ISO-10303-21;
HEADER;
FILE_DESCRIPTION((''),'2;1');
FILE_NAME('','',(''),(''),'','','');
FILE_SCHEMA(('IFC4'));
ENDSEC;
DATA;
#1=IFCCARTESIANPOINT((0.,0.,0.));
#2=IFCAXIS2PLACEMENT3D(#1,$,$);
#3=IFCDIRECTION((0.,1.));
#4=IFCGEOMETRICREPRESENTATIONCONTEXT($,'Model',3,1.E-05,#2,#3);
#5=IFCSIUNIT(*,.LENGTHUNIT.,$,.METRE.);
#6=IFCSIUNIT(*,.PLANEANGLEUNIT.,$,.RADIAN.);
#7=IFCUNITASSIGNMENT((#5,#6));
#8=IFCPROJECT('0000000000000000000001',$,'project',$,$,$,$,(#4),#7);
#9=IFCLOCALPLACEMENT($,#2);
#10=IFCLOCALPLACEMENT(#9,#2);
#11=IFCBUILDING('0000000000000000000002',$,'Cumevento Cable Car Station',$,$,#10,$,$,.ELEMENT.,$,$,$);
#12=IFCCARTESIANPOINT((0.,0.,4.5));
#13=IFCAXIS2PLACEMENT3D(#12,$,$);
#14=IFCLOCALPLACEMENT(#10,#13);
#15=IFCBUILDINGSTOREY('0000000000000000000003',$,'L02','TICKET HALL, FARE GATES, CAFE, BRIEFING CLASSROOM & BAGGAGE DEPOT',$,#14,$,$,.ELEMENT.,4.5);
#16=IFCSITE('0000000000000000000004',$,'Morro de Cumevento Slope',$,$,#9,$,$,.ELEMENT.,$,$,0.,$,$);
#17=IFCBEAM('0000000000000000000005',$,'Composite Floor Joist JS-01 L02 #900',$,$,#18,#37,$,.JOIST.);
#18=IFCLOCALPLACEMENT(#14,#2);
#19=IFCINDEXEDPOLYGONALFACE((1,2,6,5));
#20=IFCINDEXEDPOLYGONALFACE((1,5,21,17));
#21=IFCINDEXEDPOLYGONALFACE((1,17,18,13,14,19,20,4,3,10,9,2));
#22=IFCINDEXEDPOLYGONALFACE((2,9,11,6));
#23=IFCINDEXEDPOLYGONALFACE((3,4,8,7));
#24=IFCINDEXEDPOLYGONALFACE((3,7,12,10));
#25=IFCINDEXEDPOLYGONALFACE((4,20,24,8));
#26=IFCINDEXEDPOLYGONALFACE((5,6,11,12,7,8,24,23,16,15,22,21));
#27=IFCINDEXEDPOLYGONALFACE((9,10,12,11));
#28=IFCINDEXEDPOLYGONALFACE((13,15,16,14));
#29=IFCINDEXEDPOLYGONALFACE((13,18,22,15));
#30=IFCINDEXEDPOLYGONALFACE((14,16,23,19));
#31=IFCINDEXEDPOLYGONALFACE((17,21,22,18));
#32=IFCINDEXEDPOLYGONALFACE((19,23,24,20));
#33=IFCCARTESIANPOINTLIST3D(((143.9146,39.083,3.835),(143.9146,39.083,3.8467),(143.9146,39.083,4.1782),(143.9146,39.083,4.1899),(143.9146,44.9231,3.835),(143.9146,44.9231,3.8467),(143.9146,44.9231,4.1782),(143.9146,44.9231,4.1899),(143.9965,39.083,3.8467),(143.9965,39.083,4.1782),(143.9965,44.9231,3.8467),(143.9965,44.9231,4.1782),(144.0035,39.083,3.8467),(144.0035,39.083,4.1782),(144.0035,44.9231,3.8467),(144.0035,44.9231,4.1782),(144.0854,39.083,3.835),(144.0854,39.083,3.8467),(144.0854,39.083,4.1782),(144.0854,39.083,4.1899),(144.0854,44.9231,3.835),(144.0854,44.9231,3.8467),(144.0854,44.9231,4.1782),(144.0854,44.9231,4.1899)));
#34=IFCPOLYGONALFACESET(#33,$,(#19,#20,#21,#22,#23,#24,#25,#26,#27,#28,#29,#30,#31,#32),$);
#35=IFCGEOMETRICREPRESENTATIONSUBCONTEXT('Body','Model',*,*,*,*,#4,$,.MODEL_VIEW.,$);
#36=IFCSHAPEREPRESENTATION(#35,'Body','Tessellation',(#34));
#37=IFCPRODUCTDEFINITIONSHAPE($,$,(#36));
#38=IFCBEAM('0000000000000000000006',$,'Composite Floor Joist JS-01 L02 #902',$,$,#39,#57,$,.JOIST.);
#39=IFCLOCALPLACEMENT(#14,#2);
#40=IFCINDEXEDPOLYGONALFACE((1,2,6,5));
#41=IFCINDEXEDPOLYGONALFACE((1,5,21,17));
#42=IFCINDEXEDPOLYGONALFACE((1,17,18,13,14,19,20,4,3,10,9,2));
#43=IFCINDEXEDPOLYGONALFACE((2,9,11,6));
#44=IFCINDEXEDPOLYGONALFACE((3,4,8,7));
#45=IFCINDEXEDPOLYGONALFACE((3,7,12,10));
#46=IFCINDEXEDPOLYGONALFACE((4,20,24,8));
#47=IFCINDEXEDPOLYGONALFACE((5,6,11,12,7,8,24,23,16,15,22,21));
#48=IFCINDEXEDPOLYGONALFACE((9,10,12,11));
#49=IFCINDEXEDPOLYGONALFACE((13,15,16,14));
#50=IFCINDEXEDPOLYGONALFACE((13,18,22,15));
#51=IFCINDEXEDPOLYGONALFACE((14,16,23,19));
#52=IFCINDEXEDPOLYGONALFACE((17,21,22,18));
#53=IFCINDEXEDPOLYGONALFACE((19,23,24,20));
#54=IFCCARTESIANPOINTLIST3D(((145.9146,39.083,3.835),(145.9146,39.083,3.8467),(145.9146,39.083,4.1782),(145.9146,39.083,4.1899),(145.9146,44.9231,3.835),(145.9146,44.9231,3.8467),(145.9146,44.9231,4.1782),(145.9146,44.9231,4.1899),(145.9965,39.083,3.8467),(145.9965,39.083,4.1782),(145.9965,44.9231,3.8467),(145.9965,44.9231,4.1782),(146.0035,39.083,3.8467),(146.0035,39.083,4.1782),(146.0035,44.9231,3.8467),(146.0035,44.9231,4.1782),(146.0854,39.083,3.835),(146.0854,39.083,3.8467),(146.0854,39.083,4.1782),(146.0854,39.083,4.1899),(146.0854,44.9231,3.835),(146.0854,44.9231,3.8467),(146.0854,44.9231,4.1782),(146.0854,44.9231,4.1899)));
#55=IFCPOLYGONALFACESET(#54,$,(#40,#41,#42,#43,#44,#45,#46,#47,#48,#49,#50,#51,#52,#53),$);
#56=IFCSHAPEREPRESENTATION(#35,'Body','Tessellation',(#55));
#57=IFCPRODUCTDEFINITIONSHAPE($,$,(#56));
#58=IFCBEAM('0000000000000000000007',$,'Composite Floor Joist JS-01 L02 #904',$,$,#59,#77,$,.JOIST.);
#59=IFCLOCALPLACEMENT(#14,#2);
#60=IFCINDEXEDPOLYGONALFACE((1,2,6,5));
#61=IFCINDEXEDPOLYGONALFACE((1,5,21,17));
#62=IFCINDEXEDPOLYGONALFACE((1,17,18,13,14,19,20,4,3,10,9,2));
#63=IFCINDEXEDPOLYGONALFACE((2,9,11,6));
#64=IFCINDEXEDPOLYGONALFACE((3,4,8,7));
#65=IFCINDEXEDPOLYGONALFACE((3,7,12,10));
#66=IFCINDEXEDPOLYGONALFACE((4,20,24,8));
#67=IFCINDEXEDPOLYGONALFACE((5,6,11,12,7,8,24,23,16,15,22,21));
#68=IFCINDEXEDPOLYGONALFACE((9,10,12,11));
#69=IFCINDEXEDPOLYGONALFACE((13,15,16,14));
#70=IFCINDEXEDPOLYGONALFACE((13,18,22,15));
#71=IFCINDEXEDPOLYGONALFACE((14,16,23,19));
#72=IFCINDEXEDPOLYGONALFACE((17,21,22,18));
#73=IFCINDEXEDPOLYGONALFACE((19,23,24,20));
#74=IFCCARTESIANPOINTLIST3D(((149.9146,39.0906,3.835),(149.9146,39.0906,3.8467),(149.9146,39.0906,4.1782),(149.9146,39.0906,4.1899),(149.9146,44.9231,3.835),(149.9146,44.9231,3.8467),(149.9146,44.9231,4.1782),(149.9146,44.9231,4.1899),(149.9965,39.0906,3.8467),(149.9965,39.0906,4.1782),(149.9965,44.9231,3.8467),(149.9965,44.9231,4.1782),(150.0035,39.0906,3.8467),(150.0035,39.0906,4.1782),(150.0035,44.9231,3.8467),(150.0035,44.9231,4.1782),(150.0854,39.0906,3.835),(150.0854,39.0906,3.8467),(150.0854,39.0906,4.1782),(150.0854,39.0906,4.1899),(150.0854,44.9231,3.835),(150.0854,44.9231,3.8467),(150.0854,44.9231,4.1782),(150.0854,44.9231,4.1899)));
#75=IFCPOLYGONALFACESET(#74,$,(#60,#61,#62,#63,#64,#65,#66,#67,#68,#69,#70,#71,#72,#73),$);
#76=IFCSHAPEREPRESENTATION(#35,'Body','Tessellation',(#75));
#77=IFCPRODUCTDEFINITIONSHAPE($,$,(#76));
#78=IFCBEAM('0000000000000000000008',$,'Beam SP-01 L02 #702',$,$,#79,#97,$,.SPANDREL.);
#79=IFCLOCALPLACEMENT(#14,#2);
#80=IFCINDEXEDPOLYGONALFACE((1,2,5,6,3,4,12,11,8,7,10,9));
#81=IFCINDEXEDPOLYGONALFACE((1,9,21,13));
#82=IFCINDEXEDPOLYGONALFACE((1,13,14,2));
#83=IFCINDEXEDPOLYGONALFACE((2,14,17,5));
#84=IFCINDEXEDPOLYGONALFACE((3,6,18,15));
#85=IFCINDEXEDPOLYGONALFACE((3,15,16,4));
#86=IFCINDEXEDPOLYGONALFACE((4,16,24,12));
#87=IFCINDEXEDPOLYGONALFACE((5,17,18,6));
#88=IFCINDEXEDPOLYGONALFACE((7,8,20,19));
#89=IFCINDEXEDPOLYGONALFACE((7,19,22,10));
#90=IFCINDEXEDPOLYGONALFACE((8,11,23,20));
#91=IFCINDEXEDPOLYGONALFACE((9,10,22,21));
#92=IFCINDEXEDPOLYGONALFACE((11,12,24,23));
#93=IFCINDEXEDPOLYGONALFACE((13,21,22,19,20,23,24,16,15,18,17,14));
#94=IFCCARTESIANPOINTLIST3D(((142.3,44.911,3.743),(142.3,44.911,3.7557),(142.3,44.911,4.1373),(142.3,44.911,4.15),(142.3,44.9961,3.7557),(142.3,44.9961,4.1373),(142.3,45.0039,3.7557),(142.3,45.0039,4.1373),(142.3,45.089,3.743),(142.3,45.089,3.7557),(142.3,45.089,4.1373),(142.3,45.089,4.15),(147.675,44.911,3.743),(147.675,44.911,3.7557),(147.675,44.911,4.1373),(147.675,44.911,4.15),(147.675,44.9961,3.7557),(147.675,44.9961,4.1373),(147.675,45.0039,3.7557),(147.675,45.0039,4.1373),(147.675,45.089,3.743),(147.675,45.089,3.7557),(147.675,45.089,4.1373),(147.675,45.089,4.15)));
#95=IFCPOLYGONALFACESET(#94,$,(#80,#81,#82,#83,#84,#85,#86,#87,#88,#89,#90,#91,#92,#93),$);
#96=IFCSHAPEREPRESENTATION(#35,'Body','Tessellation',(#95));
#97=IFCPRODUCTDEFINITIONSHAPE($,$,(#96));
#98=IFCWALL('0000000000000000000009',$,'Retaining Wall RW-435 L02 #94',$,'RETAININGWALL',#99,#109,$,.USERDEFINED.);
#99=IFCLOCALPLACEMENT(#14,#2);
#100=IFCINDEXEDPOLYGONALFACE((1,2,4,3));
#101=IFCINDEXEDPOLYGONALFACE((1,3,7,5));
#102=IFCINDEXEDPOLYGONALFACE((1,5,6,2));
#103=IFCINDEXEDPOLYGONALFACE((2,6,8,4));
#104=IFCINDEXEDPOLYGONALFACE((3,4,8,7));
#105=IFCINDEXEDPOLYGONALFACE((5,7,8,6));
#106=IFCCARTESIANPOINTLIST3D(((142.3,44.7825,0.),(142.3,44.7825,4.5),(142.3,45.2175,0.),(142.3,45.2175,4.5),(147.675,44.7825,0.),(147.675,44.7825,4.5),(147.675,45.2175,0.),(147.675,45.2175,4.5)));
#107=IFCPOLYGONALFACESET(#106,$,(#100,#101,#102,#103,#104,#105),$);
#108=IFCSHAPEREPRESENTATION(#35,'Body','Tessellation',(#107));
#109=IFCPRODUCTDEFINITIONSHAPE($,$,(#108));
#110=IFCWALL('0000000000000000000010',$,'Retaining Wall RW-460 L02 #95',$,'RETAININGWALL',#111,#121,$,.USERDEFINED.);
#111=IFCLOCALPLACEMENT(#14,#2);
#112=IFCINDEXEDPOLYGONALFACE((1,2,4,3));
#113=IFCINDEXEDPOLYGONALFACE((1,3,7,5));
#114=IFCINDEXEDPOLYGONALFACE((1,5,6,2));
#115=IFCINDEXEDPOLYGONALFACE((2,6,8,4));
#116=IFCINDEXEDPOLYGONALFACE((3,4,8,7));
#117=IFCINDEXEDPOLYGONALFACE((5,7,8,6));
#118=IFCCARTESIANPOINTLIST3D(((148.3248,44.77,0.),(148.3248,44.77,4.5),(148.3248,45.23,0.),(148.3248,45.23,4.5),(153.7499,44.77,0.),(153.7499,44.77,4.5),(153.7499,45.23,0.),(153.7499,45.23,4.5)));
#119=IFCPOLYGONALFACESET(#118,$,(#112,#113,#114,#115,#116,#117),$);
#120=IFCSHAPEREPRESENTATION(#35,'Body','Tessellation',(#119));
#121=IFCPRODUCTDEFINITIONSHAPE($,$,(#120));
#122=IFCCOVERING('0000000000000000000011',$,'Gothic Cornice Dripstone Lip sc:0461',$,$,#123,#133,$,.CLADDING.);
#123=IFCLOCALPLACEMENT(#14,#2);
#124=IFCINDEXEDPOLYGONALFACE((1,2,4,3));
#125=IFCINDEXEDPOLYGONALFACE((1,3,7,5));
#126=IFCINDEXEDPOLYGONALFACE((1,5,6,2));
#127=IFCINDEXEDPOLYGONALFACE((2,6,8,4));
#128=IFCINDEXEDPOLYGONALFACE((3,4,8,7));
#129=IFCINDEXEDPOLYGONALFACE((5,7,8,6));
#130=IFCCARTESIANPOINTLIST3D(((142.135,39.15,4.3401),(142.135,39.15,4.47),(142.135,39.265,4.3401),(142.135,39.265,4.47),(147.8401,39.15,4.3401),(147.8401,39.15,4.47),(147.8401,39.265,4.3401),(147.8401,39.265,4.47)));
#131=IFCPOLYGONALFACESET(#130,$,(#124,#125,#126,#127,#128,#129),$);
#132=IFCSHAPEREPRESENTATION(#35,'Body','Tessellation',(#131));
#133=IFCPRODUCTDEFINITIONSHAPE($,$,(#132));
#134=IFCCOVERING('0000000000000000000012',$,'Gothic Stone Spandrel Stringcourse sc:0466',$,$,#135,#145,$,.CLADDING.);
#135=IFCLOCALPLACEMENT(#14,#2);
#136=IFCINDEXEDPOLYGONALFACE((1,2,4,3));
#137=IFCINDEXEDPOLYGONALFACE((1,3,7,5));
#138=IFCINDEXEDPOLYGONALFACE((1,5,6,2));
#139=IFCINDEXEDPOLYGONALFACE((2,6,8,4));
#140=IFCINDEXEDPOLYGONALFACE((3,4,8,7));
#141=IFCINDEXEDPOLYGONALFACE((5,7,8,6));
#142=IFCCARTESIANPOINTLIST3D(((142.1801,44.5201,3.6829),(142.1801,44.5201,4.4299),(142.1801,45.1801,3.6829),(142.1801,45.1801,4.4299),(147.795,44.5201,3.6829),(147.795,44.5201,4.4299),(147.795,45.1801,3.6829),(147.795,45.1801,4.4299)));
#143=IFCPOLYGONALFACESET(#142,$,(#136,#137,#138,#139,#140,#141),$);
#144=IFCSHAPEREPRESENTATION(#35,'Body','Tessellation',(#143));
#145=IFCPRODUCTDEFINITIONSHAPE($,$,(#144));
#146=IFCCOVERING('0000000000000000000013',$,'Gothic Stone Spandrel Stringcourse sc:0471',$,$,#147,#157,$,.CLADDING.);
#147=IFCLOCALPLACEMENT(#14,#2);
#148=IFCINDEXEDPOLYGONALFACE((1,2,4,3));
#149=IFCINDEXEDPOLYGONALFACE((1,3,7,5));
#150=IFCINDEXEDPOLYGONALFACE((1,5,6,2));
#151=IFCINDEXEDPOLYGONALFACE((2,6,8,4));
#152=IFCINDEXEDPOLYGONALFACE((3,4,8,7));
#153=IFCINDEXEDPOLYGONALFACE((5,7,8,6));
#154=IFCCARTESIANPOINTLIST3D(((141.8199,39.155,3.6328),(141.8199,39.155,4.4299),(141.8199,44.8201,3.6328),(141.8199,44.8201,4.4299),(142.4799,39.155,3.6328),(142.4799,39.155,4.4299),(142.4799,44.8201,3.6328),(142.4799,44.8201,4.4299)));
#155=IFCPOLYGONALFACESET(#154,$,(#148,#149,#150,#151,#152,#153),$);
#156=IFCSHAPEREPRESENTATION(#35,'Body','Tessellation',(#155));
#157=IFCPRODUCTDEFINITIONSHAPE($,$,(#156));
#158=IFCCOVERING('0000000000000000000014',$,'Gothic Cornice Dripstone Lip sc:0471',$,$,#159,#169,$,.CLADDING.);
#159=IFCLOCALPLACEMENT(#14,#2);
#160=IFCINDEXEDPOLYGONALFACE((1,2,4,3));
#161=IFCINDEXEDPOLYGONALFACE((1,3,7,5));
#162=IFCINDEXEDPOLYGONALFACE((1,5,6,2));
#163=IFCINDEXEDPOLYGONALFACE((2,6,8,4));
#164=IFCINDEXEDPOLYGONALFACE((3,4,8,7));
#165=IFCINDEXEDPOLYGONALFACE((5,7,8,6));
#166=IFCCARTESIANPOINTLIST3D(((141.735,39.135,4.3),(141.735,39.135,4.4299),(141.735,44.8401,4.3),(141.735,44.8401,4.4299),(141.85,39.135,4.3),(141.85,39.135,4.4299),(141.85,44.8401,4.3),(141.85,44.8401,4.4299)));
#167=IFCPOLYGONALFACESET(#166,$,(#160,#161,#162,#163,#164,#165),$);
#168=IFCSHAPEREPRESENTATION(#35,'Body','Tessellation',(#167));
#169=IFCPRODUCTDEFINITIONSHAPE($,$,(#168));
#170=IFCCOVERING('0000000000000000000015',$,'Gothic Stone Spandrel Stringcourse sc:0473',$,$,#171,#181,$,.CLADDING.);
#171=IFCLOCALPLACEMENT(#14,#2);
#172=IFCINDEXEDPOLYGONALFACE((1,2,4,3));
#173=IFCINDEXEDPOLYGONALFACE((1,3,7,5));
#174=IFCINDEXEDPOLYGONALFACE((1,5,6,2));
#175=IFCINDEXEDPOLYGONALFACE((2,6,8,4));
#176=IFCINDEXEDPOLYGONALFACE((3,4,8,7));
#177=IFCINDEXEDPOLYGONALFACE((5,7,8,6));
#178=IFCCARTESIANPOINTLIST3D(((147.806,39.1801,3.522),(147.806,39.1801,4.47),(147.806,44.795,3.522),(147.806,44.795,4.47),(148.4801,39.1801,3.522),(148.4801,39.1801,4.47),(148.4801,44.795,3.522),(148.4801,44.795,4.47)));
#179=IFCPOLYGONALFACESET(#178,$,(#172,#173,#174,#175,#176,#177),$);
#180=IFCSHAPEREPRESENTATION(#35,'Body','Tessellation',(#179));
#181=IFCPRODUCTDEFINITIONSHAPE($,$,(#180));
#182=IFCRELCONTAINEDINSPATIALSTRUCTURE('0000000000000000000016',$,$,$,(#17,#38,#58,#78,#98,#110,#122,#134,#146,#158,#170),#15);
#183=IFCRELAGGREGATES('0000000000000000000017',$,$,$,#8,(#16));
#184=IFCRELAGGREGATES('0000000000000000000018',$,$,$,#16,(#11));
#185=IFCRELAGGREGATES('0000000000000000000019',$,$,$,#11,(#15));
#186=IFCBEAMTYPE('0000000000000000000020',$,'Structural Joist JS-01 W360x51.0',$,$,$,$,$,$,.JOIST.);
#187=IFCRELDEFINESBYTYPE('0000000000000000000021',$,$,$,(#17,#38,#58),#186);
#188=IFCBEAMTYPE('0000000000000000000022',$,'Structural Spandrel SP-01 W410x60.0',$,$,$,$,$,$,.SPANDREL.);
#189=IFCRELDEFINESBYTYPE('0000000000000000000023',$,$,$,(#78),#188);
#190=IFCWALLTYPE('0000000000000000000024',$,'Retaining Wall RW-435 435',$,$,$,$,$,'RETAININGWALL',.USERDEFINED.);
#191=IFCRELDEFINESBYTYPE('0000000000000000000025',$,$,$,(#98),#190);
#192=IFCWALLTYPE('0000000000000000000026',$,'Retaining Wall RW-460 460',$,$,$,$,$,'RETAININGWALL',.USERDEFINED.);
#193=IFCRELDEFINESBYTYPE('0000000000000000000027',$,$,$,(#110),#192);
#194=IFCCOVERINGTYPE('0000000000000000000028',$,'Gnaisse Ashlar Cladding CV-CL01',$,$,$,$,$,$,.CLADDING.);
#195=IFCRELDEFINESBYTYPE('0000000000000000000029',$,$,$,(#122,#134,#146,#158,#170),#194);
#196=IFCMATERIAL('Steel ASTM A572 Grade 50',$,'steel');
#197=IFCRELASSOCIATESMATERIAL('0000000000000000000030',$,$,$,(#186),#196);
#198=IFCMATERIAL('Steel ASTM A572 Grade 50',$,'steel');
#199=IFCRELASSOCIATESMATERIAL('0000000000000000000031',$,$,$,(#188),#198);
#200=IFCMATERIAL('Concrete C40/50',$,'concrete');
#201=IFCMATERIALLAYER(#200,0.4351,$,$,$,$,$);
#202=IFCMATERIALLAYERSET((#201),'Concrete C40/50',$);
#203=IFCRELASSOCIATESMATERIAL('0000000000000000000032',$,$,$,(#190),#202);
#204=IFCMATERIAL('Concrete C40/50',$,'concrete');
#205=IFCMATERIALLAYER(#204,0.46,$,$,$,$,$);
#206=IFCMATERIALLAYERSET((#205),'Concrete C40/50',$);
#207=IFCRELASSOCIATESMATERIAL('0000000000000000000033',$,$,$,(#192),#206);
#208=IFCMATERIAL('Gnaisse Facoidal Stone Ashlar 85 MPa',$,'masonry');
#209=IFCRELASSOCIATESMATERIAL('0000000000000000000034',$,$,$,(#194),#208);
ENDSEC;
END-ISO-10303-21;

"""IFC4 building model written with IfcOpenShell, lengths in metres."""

from ifc_helpers import new_model, si_unit, direction, frame, frame_2d, origin, origin_2d, place, context, subcontext, project, spatial, rectangle, i_section, extrude, material, layer, layer_set, material_profile, profile_set, type_object, element, save


model = new_model("IFC4")

# Units and contexts
model_context = context("Model", 3, precision=1e-05, world=origin(), true_north=direction((0.0, 1.0)))
body_context = subcontext(model_context, "Body", "Model", "MODEL_VIEW")
ifc_project = project(units=[si_unit("LENGTHUNIT", "METRE"), si_unit("PLANEANGLEUNIT", "RADIAN")], contexts=[model_context])

# Site, building, storey
site_placement = place(None, origin())
site = spatial("IfcSite", under=ifc_project, at=site_placement, Name="Morro de Cumevento Slope", CompositionType="ELEMENT", RefElevation=0.0)
building_placement = place(site_placement, origin())
building = spatial("IfcBuilding", under=site, at=building_placement, Name="Cumevento Cable Car Station", CompositionType="ELEMENT")
storey_placement = place(building_placement, frame((0.0, 0.0, 4.5)))
storey = spatial("IfcBuildingStorey", under=building, at=storey_placement, Name="L02", Description="TICKET HALL, FARE GATES, CAFE, BRIEFING CLASSROOM & BAGGAGE DEPOT", CompositionType="ELEMENT", Elevation=4.5)

# Beams
ifc_material_1 = material(Name="Steel ASTM A572 Grade 50", Category="steel")
ifc_material_profile_1 = material_profile(ifc_material_1, i_section(OverallWidth=0.1709, OverallDepth=0.355, WebThickness=0.0071, FlangeThickness=0.0117, at=origin_2d()), Name="W360x51.0")
ifc_profile_set_1 = profile_set([ifc_material_profile_1], Name="Steel ASTM A572 Grade 50")
beam_type_1 = type_object("IfcBeamType", Name="Structural Joist JS-01 W360x51.0", PredefinedType="JOIST", material=ifc_profile_set_1)
for number, where, z_axis, x_axis, name in (
    (1, (144.0, 39.083, 4.0125), (0.0, 1.0, 0.0), (-1.0, 0.0, 0.0), "Composite Floor Joist JS-01 L02 #900"),
    (2, (146.0, 39.083, 4.0125), (0.0, 1.0, 0.0), (-1.0, 0.0, 0.0), "Composite Floor Joist JS-01 L02 #902"),
):
    element("IfcBeam", number, at=place(storey_placement, frame(where, z_axis=z_axis, x_axis=x_axis)), inside=storey, type_object=beam_type_1, Name=name, PredefinedType="JOIST", context=body_context, shape_type="SweptSolid", body=[
        extrude(i_section(OverallWidth=0.1709, OverallDepth=0.355, WebThickness=0.0071, FlangeThickness=0.0117, at=origin_2d()), origin(), (0.0, 0.0, 1.0), 5.8401),
    ])
beam_1_placement = place(storey_placement, frame((150.0, 39.0906, 4.0125), z_axis=(0.0, 1.0, 0.0), x_axis=(-1.0, 0.0, 0.0)))
element("IfcBeam", 3, at=beam_1_placement, inside=storey, type_object=beam_type_1, Name="Composite Floor Joist JS-01 L02 #904", PredefinedType="JOIST", context=body_context, shape_type="SweptSolid", body=[
    extrude(i_section(OverallWidth=0.1709, OverallDepth=0.355, WebThickness=0.0071, FlangeThickness=0.0117, at=origin_2d()), origin(), (0.0, 0.0, 1.0), 5.8325),
])
ifc_material_2 = material(Name="Steel ASTM A572 Grade 50", Category="steel")
ifc_material_profile_2 = material_profile(ifc_material_2, i_section(OverallWidth=0.178, OverallDepth=0.407, WebThickness=0.0078, FlangeThickness=0.0127, at=origin_2d()), Name="W410x60.0")
ifc_profile_set_2 = profile_set([ifc_material_profile_2], Name="Steel ASTM A572 Grade 50")
beam_type_2 = type_object("IfcBeamType", Name="Structural Spandrel SP-01 W410x60.0", PredefinedType="SPANDREL", material=ifc_profile_set_2)
beam_2_placement = place(storey_placement, frame((142.3, 45.0, 3.9465), z_axis=(1.0, 0.0, 0.0), x_axis=(0.0, 1.0, 0.0)))
element("IfcBeam", 4, at=beam_2_placement, inside=storey, type_object=beam_type_2, Name="Beam SP-01 L02 #702", PredefinedType="SPANDREL", context=body_context, shape_type="SweptSolid", body=[
    extrude(i_section(OverallWidth=0.178, OverallDepth=0.407, WebThickness=0.0078, FlangeThickness=0.0127, at=origin_2d()), origin(), (0.0, 0.0, 1.0), 5.375),
])

# Walls
ifc_material_3 = material(Name="Concrete C40/50", Category="concrete")
ifc_layer_1 = layer(ifc_material_3, 0.4351)
ifc_layer_set_1 = layer_set([ifc_layer_1], Name="Concrete C40/50")
wall_type_1 = type_object("IfcWallType", Name="Retaining Wall RW-435 435", ElementType="RETAININGWALL", PredefinedType="USERDEFINED", material=ifc_layer_set_1)
wall_1_placement = place(storey_placement, frame((142.3, 45.0, 0.0), z_axis=(0.0, 0.0, 1.0), x_axis=(1.0, 0.0, 0.0)))
element("IfcWall", 5, at=wall_1_placement, inside=storey, type_object=wall_type_1, Name="Retaining Wall RW-435 L02 #94", ObjectType="RETAININGWALL", PredefinedType="USERDEFINED", context=body_context, shape_type="SweptSolid", body=[
    extrude(rectangle(XDim=5.375, YDim=0.4351, at=frame_2d((2.6875, 0.0))), origin(), (0.0, 0.0, 1.0), 4.5),
])
ifc_material_4 = material(Name="Concrete C40/50", Category="concrete")
ifc_layer_2 = layer(ifc_material_4, 0.46)
ifc_layer_set_2 = layer_set([ifc_layer_2], Name="Concrete C40/50")
wall_type_2 = type_object("IfcWallType", Name="Retaining Wall RW-460 460", ElementType="RETAININGWALL", PredefinedType="USERDEFINED", material=ifc_layer_set_2)
wall_2_placement = place(storey_placement, frame((148.325, 45.0, 0.0), z_axis=(0.0, 0.0, 1.0), x_axis=(1.0, 0.0, 0.0)))
element("IfcWall", 6, at=wall_2_placement, inside=storey, type_object=wall_type_2, Name="Retaining Wall RW-460 L02 #95", ObjectType="RETAININGWALL", PredefinedType="USERDEFINED", context=body_context, shape_type="SweptSolid", body=[
    extrude(rectangle(XDim=5.425, YDim=0.46, at=frame_2d((2.7124, 0.0))), origin(), (0.0, 0.0, 1.0), 4.5),
])

# Coverings
ifc_material_5 = material(Name="Gnaisse Facoidal Stone Ashlar 85 MPa", Category="masonry")
covering_type = type_object("IfcCoveringType", Name="Gnaisse Ashlar Cladding CV-CL01", PredefinedType="CLADDING", material=ifc_material_5)
covering_1_placement = place(storey_placement, frame((144.9875, 39.2075, 4.3401), z_axis=(0.0, 0.0, 1.0), x_axis=(1.0, 0.0, 0.0)))
element("IfcCovering", 7, at=covering_1_placement, inside=storey, type_object=covering_type, Name="Gothic Cornice Dripstone Lip sc:0461", PredefinedType="CLADDING", context=body_context, shape_type="SweptSolid", body=[
    extrude(rectangle(XDim=5.7051, YDim=0.115, at=origin_2d()), origin(), (0.0, 0.0, 1.0), 0.1299),
])
covering_2_placement = place(storey_placement, frame((144.9875, 44.8501, 3.6829), z_axis=(0.0, 0.0, 1.0), x_axis=(1.0, 0.0, 0.0)))
element("IfcCovering", 8, at=covering_2_placement, inside=storey, type_object=covering_type, Name="Gothic Stone Spandrel Stringcourse sc:0466", PredefinedType="CLADDING", context=body_context, shape_type="SweptSolid", body=[
    extrude(rectangle(XDim=5.615, YDim=0.6599, at=origin_2d()), origin(), (0.0, 0.0, 1.0), 0.7471),
])
covering_3_placement = place(storey_placement, frame((142.1499, 41.9875, 3.6328), z_axis=(0.0, 0.0, 1.0), x_axis=(0.0, 1.0, 0.0)))
element("IfcCovering", 9, at=covering_3_placement, inside=storey, type_object=covering_type, Name="Gothic Stone Spandrel Stringcourse sc:0471", PredefinedType="CLADDING", context=body_context, shape_type="SweptSolid", body=[
    extrude(rectangle(XDim=5.665, YDim=0.6599, at=origin_2d()), origin(), (0.0, 0.0, 1.0), 0.7971),
])
covering_4_placement = place(storey_placement, frame((141.7925, 41.9875, 4.3), z_axis=(0.0, 0.0, 1.0), x_axis=(0.0, 1.0, 0.0)))
element("IfcCovering", 10, at=covering_4_placement, inside=storey, type_object=covering_type, Name="Gothic Cornice Dripstone Lip sc:0471", PredefinedType="CLADDING", context=body_context, shape_type="SweptSolid", body=[
    extrude(rectangle(XDim=5.7051, YDim=0.115, at=origin_2d()), origin(), (0.0, 0.0, 1.0), 0.1299),
])
covering_5_placement = place(storey_placement, frame((148.1431, 41.9875, 3.522), z_axis=(0.0, 0.0, 1.0), x_axis=(0.0, 1.0, 0.0)))
element("IfcCovering", 11, at=covering_5_placement, inside=storey, type_object=covering_type, Name="Gothic Stone Spandrel Stringcourse sc:0473", PredefinedType="CLADDING", context=body_context, shape_type="SweptSolid", body=[
    extrude(rectangle(XDim=5.615, YDim=0.6741, at=origin_2d()), origin(), (0.0, 0.0, 1.0), 0.948),
])

save(model, "model.ifc")
